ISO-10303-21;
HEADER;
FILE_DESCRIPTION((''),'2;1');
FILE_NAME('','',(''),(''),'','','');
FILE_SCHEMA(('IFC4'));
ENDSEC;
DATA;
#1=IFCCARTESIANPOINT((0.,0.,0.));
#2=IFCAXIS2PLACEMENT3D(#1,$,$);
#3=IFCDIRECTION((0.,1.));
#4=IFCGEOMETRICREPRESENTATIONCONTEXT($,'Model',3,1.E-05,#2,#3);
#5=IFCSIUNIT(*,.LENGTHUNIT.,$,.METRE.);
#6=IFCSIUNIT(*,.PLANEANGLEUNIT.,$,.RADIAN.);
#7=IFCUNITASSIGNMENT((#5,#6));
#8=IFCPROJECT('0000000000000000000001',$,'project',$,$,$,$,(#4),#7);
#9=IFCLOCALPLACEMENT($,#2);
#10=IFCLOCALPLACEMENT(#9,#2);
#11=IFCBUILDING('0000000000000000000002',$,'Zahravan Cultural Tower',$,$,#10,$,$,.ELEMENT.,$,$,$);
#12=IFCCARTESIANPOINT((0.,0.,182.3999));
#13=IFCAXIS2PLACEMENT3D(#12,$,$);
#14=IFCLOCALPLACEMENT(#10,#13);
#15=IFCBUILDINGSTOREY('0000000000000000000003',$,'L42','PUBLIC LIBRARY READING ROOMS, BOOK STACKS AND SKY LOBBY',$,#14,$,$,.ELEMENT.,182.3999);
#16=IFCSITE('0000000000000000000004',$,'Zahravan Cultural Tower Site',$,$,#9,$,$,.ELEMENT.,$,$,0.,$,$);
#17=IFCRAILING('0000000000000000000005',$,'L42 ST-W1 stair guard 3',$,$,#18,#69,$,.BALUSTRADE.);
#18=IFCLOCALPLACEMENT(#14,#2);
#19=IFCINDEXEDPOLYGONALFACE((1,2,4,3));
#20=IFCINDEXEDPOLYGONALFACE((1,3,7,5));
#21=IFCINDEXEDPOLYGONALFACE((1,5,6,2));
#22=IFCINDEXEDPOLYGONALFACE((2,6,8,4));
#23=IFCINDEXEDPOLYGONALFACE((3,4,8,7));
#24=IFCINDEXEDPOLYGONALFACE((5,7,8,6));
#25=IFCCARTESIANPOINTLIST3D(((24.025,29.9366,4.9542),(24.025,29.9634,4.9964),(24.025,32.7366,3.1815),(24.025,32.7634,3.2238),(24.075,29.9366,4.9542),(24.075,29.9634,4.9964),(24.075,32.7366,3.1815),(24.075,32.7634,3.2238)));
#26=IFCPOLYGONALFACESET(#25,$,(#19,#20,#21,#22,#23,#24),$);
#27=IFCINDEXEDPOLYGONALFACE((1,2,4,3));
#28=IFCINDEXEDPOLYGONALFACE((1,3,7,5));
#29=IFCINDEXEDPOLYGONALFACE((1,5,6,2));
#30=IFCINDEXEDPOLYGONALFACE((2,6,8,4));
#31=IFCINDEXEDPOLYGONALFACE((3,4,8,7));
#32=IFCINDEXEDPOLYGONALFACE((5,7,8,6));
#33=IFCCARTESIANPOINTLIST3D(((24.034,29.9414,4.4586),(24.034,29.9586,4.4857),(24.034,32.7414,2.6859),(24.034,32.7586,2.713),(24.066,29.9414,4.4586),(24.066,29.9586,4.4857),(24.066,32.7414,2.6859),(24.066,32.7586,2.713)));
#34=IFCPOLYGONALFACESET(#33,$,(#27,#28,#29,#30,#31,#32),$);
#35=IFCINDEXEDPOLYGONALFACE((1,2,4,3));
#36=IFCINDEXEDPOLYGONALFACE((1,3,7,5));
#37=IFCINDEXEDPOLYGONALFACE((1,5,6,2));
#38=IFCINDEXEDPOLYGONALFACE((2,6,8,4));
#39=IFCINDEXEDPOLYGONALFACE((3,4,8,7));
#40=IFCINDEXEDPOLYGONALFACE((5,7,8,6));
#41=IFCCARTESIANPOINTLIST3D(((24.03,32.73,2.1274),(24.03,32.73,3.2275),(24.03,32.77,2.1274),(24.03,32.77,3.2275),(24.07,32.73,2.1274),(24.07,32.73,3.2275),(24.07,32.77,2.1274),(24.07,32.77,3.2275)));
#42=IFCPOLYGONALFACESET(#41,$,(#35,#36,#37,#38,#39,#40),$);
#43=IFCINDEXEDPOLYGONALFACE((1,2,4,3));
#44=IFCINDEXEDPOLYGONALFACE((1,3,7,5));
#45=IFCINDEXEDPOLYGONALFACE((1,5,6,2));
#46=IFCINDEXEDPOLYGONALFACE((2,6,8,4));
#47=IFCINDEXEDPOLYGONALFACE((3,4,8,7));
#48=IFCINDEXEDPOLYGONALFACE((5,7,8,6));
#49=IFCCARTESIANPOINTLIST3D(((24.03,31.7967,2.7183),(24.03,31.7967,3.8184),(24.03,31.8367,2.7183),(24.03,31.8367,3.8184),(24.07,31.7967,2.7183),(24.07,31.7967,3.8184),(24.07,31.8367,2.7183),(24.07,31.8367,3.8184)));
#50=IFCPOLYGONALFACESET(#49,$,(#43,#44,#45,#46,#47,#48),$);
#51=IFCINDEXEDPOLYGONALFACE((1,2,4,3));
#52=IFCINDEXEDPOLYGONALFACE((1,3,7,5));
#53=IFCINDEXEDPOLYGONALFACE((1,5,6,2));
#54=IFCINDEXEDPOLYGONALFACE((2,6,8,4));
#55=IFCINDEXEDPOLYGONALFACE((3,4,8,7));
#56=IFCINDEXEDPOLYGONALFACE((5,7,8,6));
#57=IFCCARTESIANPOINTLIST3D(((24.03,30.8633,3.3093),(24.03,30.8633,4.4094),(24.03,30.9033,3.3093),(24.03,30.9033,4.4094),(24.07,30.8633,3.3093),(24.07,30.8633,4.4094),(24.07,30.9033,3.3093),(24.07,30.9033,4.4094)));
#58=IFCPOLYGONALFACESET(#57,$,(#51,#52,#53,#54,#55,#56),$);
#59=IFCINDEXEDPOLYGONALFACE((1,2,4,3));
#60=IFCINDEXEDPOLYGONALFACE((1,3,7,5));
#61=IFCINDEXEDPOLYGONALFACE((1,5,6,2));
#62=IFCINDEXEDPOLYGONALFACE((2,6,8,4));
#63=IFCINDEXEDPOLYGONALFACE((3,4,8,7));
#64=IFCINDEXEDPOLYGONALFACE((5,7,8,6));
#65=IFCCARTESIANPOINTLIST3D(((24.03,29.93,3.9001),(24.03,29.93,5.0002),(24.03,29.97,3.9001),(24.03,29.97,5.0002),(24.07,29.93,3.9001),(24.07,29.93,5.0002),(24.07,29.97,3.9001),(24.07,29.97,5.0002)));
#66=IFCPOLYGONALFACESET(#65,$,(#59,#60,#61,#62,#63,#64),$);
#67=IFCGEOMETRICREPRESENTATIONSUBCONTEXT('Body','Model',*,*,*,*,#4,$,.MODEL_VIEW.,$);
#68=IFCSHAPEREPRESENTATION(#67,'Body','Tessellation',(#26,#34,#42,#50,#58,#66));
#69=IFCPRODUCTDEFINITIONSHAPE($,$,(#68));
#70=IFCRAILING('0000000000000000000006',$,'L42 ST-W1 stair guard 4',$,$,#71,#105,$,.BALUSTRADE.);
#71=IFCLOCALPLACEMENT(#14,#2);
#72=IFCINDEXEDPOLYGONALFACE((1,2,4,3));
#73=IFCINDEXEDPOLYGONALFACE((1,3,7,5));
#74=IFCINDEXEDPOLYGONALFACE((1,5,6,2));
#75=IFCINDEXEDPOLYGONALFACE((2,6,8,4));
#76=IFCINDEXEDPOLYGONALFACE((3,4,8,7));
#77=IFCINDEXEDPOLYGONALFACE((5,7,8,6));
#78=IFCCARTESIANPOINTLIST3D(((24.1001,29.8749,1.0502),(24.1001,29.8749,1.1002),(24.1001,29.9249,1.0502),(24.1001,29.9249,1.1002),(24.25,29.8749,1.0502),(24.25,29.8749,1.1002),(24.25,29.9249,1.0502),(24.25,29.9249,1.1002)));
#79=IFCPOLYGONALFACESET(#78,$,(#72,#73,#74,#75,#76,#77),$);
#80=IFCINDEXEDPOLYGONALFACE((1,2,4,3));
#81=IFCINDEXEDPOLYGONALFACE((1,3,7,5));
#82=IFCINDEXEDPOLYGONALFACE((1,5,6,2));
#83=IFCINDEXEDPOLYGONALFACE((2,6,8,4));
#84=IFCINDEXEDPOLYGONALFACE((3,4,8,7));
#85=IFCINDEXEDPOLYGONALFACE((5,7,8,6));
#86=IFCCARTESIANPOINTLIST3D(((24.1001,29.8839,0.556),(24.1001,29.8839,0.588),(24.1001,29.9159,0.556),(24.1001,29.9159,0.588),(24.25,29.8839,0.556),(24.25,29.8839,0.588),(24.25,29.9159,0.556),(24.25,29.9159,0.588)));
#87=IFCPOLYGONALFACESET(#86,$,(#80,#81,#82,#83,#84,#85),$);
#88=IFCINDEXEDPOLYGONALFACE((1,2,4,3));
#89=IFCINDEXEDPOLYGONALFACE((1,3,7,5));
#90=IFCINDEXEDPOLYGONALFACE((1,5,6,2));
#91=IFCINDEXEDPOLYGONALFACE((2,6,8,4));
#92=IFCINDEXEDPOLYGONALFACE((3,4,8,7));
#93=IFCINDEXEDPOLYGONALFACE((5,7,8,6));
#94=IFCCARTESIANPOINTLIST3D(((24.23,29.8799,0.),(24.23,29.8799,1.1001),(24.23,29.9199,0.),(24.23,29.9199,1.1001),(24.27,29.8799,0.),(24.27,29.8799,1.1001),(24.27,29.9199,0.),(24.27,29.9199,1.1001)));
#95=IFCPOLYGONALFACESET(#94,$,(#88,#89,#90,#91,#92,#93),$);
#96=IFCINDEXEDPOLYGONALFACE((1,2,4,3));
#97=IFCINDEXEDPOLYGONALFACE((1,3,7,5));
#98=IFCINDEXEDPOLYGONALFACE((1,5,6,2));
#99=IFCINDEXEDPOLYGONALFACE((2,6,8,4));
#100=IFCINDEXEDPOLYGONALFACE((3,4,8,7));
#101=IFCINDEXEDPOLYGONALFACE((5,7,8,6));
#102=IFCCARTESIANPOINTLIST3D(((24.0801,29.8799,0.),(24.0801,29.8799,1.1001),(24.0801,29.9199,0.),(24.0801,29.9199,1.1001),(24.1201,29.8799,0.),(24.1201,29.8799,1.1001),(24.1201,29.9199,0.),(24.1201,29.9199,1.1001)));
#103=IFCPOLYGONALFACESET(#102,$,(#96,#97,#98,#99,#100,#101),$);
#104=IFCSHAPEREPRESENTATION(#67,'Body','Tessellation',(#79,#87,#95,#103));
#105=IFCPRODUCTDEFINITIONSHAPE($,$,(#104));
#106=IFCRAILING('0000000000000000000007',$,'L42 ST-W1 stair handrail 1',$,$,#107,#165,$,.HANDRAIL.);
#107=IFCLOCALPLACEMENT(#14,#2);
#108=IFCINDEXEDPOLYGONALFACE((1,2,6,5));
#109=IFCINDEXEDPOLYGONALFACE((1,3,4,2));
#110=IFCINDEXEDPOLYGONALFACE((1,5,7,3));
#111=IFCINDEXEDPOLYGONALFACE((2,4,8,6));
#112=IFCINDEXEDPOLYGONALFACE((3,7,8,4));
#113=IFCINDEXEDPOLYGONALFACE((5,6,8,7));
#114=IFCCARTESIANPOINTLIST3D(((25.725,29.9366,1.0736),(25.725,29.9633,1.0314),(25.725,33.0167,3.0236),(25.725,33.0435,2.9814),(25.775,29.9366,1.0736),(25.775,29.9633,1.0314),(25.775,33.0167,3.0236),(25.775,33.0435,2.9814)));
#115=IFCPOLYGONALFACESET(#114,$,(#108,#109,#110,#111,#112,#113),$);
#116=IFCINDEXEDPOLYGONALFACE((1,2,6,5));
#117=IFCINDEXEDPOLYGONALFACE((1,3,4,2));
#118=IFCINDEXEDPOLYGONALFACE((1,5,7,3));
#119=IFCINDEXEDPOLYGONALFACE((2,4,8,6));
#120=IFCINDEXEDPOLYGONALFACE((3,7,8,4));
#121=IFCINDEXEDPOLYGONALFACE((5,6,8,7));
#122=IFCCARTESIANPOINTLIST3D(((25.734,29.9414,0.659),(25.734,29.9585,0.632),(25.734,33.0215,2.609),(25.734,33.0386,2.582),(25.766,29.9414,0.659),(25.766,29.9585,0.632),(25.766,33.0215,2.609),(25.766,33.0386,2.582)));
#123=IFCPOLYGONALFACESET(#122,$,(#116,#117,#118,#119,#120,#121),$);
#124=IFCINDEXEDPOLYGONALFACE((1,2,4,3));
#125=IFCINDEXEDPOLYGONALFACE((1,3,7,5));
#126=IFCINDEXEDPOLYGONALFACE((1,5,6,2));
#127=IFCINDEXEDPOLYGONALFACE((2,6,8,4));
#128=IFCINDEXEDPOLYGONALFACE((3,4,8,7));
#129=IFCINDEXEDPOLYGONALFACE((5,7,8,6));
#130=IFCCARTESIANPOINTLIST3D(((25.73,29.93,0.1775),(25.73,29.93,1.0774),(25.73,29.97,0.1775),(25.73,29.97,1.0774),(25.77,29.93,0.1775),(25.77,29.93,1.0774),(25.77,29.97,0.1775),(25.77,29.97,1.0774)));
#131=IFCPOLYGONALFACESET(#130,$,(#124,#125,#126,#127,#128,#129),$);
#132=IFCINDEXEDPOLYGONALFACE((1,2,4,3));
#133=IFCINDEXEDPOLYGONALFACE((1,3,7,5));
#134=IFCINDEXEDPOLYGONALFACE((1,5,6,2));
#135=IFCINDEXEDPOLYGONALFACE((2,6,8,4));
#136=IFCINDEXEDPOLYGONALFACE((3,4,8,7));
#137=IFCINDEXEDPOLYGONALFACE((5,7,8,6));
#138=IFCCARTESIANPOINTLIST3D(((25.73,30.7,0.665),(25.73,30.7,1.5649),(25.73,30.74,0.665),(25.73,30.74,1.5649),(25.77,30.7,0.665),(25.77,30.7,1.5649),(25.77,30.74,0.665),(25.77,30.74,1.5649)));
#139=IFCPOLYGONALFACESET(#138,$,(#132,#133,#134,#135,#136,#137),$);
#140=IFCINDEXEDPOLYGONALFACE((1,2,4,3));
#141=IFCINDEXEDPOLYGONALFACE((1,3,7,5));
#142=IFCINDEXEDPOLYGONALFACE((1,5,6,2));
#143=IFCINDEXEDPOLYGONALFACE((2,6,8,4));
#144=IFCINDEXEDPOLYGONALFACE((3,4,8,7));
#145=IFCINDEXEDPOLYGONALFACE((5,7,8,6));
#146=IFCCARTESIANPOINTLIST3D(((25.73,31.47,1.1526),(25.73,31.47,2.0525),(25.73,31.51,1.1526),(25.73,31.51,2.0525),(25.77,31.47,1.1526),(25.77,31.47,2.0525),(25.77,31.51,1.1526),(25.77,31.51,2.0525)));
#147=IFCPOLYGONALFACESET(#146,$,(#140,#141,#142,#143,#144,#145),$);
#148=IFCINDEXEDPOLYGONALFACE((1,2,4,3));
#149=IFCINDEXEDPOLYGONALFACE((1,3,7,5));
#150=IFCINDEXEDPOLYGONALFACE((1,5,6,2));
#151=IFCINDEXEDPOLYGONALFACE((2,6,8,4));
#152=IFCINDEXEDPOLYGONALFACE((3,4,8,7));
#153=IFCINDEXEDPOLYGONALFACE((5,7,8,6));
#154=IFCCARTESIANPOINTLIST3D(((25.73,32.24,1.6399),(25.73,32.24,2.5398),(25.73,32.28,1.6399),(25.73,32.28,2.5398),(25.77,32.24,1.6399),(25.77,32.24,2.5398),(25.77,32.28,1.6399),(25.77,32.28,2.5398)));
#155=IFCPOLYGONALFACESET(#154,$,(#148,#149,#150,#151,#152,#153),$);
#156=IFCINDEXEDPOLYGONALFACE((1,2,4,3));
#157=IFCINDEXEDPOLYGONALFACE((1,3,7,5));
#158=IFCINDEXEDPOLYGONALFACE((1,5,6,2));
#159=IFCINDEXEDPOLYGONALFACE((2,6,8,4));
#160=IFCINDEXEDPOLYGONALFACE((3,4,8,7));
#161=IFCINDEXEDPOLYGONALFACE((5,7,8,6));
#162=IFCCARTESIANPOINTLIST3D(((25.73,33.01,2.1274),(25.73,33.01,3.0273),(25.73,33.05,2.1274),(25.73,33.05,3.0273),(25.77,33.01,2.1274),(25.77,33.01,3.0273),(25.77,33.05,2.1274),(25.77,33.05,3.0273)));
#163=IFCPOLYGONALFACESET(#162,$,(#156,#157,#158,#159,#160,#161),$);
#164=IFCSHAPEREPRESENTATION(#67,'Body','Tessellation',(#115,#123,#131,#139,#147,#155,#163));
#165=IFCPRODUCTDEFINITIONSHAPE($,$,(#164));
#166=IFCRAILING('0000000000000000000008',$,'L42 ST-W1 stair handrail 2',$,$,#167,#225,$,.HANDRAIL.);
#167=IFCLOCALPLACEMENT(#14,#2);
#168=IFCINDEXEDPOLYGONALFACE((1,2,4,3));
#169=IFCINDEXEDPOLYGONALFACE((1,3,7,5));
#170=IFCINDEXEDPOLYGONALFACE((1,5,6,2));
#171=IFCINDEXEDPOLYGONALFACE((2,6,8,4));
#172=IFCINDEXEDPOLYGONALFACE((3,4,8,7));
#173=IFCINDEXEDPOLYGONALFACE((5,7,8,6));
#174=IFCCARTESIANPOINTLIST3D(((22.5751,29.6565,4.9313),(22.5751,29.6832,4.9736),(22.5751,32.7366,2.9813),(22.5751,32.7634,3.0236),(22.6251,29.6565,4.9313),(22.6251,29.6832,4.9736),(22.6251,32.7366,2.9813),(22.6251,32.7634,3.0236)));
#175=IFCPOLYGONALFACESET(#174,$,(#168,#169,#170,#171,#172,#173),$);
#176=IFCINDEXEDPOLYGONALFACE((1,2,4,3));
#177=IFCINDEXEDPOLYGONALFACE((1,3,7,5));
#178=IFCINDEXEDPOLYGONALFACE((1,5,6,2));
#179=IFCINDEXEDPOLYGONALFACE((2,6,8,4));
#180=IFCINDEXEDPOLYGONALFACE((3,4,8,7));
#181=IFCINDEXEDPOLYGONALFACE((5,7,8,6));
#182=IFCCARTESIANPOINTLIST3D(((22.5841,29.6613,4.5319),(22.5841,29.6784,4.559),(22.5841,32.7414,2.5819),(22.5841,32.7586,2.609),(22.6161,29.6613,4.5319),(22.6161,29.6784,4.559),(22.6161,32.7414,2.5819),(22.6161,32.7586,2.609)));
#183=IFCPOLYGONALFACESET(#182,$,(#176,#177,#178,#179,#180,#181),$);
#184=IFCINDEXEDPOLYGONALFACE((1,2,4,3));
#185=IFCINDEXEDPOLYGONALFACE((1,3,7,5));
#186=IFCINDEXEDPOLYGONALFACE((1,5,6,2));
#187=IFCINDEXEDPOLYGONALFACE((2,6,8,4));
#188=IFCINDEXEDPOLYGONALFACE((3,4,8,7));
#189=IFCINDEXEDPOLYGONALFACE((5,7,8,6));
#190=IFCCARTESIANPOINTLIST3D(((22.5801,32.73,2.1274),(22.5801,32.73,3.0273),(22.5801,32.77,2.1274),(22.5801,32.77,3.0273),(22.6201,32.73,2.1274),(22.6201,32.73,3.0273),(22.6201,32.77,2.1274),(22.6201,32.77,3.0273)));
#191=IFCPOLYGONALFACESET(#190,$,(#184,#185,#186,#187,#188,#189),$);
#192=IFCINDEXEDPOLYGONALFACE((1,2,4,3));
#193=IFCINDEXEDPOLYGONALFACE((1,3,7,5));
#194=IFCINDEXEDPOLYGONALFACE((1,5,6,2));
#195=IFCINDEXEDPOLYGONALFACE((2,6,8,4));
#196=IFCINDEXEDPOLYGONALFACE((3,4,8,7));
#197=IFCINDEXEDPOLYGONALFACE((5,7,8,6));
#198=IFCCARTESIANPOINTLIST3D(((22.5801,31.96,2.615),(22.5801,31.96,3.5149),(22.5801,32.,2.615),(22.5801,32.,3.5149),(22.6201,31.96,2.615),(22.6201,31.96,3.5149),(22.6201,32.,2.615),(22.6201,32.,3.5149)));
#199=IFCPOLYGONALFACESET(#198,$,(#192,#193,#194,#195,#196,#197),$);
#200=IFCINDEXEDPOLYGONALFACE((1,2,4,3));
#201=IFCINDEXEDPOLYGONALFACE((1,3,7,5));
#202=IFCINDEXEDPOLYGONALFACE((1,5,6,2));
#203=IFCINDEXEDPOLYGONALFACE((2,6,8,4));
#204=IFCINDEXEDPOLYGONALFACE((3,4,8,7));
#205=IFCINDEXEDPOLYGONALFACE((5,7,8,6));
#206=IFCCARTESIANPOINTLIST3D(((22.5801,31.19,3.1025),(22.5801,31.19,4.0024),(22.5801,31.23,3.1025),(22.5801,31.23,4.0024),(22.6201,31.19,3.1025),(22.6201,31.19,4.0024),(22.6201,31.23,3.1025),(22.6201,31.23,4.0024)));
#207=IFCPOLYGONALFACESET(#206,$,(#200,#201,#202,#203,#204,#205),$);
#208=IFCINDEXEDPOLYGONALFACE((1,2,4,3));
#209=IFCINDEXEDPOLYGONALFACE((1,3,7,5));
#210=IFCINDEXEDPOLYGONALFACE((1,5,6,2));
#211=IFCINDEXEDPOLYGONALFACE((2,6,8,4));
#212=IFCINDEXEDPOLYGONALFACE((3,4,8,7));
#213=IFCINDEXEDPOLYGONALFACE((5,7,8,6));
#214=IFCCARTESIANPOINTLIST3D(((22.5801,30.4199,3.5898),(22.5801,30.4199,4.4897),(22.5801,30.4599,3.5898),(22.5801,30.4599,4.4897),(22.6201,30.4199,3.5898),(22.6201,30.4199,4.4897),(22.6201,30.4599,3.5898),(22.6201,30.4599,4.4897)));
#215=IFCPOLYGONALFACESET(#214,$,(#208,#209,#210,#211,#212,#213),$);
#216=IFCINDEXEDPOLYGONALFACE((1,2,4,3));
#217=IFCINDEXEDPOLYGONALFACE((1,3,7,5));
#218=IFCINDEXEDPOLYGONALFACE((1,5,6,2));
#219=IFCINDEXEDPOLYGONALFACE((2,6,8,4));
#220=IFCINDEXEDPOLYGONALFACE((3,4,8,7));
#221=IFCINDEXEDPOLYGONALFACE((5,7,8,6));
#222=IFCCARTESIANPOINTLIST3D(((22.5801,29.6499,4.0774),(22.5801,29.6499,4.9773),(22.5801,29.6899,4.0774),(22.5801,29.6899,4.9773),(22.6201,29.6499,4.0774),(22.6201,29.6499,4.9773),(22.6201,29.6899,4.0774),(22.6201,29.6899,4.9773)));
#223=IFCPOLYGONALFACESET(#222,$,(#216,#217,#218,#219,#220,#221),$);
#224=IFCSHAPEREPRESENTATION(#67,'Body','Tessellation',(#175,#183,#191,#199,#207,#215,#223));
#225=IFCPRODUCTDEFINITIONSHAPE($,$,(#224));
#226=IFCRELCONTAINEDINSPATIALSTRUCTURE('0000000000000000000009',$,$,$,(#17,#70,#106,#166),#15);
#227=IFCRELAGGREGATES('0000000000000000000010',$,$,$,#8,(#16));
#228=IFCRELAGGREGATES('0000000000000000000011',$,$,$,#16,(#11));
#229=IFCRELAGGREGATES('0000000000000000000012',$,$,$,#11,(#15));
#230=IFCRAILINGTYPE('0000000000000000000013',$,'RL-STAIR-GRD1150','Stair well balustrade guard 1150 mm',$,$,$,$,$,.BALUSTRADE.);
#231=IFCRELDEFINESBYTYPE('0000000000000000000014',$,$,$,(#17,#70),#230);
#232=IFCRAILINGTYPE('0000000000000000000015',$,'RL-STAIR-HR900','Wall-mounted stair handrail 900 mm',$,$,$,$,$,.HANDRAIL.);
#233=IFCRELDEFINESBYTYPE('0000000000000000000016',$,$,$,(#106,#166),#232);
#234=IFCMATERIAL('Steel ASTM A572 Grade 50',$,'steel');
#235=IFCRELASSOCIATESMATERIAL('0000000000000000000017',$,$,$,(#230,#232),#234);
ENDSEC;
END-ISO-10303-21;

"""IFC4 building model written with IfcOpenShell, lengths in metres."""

from ifc_helpers import new_model, si_unit, direction, frame, origin, origin_2d, place, context, subcontext, project, spatial, rectangle, extrude, material, type_object, element, save


model = new_model("IFC4")

# Units and contexts
model_context = context("Model", 3, precision=1e-05, world=origin(), true_north=direction((0.0, 1.0)))
body_context = subcontext(model_context, "Body", "Model", "MODEL_VIEW")
ifc_project = project(units=[si_unit("LENGTHUNIT", "METRE"), si_unit("PLANEANGLEUNIT", "RADIAN")], contexts=[model_context])

# Site, building, storey
site_placement = place(None, origin())
site = spatial("IfcSite", under=ifc_project, at=site_placement, Name="Zahravan Cultural Tower Site", CompositionType="ELEMENT", RefElevation=0.0)
building_placement = place(site_placement, origin())
building = spatial("IfcBuilding", under=site, at=building_placement, Name="Zahravan Cultural Tower", CompositionType="ELEMENT")
storey_placement = place(building_placement, frame((0.0, 0.0, 182.3999)))
storey = spatial("IfcBuildingStorey", under=building, at=storey_placement, Name="L42", Description="PUBLIC LIBRARY READING ROOMS, BOOK STACKS AND SKY LOBBY", CompositionType="ELEMENT", Elevation=182.3999)

# Railings
ifc_material_1 = material(Name="Steel ASTM A572 Grade 50", Category="steel")
railing_type_1 = type_object("IfcRailingType", Name="RL-STAIR-GRD1150", Description="Stair well balustrade guard 1150 mm", PredefinedType="BALUSTRADE", material=ifc_material_1)
railing_1_placement = place(storey_placement, frame((24.05, 32.75, 2.1274)))
element("IfcRailing", 1, at=railing_1_placement, inside=storey, type_object=railing_type_1, Name="L42 ST-W1 stair guard 3", PredefinedType="BALUSTRADE", context=body_context, shape_type="SweptSolid", body=[
    extrude(rectangle(XDim=0.05, YDim=0.05, at=origin_2d()), frame((0.0, 0.0, 1.0752), z_axis=(0.0, -0.844909, 0.53491), x_axis=(1.0, 0.0, 0.0)), (0.0, 0.0, 1.0), 3.314),
    extrude(rectangle(XDim=0.032, YDim=0.032, at=origin_2d()), frame((0.0, 0.0, 0.572), z_axis=(0.0, -0.844909, 0.53491), x_axis=(1.0, 0.0, 0.0)), (0.0, 0.0, 1.0), 3.314),
    extrude(rectangle(XDim=0.04, YDim=0.04, at=origin_2d()), origin(), (0.0, 0.0, 1.0), 1.1001),
    extrude(rectangle(XDim=0.04, YDim=0.04, at=origin_2d()), frame((0.0, -0.9333, 0.5908)), (0.0, 0.0, 1.0), 1.1001),
    extrude(rectangle(XDim=0.04, YDim=0.04, at=origin_2d()), frame((0.0, -1.8667, 1.1819)), (0.0, 0.0, 1.0), 1.1001),
    extrude(rectangle(XDim=0.04, YDim=0.04, at=origin_2d()), frame((0.0, -2.8, 1.7727)), (0.0, 0.0, 1.0), 1.1001),
])
railing_2_placement = place(storey_placement, frame((24.25, 29.8999, 0.0)))
element("IfcRailing", 2, at=railing_2_placement, inside=storey, type_object=railing_type_1, Name="L42 ST-W1 stair guard 4", PredefinedType="BALUSTRADE", context=body_context, shape_type="SweptSolid", body=[
    extrude(rectangle(XDim=0.05, YDim=0.05, at=origin_2d()), frame((0.0, 0.0, 1.0752), z_axis=(-1.0, 0.0, 0.0), x_axis=(0.0, -1.0, 0.0)), (0.0, 0.0, 1.0), 0.1499),
    extrude(rectangle(XDim=0.032, YDim=0.032, at=origin_2d()), frame((0.0, 0.0, 0.572), z_axis=(-1.0, 0.0, 0.0), x_axis=(0.0, -1.0, 0.0)), (0.0, 0.0, 1.0), 0.1499),
    extrude(rectangle(XDim=0.04, YDim=0.04, at=origin_2d()), origin(), (0.0, 0.0, 1.0), 1.1001),
    extrude(rectangle(XDim=0.04, YDim=0.04, at=origin_2d()), frame((-0.1499, 0.0, 0.0)), (0.0, 0.0, 1.0), 1.1001),
])
railing_type_2 = type_object("IfcRailingType", Name="RL-STAIR-HR900", Description="Wall-mounted stair handrail 900 mm", PredefinedType="HANDRAIL", material=ifc_material_1)
railing_3_placement = place(storey_placement, frame((25.75, 29.95, 0.1775)))
element("IfcRailing", 3, at=railing_3_placement, inside=storey, type_object=railing_type_2, Name="L42 ST-W1 stair handrail 1", PredefinedType="HANDRAIL", context=body_context, shape_type="SweptSolid", body=[
    extrude(rectangle(XDim=0.05, YDim=0.05, at=origin_2d()), frame((0.0, 0.0, 0.875), z_axis=(0.0, 0.844914, 0.534902), x_axis=(-1.0, 0.0, 0.0)), (0.0, 0.0, 1.0), 3.6455),
    extrude(rectangle(XDim=0.032, YDim=0.032, at=origin_2d()), frame((0.0, 0.0, 0.468), z_axis=(0.0, 0.844914, 0.534902), x_axis=(-1.0, 0.0, 0.0)), (0.0, 0.0, 1.0), 3.6455),
    extrude(rectangle(XDim=0.04, YDim=0.04, at=origin_2d()), origin(), (0.0, 0.0, 1.0), 0.8999),
    extrude(rectangle(XDim=0.04, YDim=0.04, at=origin_2d()), frame((0.0, 0.77, 0.4875)), (0.0, 0.0, 1.0), 0.8999),
    extrude(rectangle(XDim=0.04, YDim=0.04, at=origin_2d()), frame((0.0, 1.54, 0.9751)), (0.0, 0.0, 1.0), 0.8999),
    extrude(rectangle(XDim=0.04, YDim=0.04, at=origin_2d()), frame((0.0, 2.3101, 1.4624)), (0.0, 0.0, 1.0), 0.8999),
    extrude(rectangle(XDim=0.04, YDim=0.04, at=origin_2d()), frame((0.0, 3.0801, 1.95)), (0.0, 0.0, 1.0), 0.8999),
])
railing_4_placement = place(storey_placement, frame((22.6001, 32.75, 2.1274)))
element("IfcRailing", 4, at=railing_4_placement, inside=storey, type_object=railing_type_2, Name="L42 ST-W1 stair handrail 2", PredefinedType="HANDRAIL", context=body_context, shape_type="SweptSolid", body=[
    extrude(rectangle(XDim=0.05, YDim=0.05, at=origin_2d()), frame((0.0, 0.0, 0.875), z_axis=(0.0, -0.844914, 0.534902), x_axis=(1.0, 0.0, 0.0)), (0.0, 0.0, 1.0), 3.6455),
    extrude(rectangle(XDim=0.032, YDim=0.032, at=origin_2d()), frame((0.0, 0.0, 0.468), z_axis=(0.0, -0.844914, 0.534902), x_axis=(1.0, 0.0, 0.0)), (0.0, 0.0, 1.0), 3.6455),
    extrude(rectangle(XDim=0.04, YDim=0.04, at=origin_2d()), origin(), (0.0, 0.0, 1.0), 0.8999),
    extrude(rectangle(XDim=0.04, YDim=0.04, at=origin_2d()), frame((0.0, -0.77, 0.4875)), (0.0, 0.0, 1.0), 0.8999),
    extrude(rectangle(XDim=0.04, YDim=0.04, at=origin_2d()), frame((0.0, -1.54, 0.9751)), (0.0, 0.0, 1.0), 0.8999),
    extrude(rectangle(XDim=0.04, YDim=0.04, at=origin_2d()), frame((0.0, -2.3101, 1.4624)), (0.0, 0.0, 1.0), 0.8999),
    extrude(rectangle(XDim=0.04, YDim=0.04, at=origin_2d()), frame((0.0, -3.0801, 1.95)), (0.0, 0.0, 1.0), 0.8999),
])

save(model, "model.ifc")
